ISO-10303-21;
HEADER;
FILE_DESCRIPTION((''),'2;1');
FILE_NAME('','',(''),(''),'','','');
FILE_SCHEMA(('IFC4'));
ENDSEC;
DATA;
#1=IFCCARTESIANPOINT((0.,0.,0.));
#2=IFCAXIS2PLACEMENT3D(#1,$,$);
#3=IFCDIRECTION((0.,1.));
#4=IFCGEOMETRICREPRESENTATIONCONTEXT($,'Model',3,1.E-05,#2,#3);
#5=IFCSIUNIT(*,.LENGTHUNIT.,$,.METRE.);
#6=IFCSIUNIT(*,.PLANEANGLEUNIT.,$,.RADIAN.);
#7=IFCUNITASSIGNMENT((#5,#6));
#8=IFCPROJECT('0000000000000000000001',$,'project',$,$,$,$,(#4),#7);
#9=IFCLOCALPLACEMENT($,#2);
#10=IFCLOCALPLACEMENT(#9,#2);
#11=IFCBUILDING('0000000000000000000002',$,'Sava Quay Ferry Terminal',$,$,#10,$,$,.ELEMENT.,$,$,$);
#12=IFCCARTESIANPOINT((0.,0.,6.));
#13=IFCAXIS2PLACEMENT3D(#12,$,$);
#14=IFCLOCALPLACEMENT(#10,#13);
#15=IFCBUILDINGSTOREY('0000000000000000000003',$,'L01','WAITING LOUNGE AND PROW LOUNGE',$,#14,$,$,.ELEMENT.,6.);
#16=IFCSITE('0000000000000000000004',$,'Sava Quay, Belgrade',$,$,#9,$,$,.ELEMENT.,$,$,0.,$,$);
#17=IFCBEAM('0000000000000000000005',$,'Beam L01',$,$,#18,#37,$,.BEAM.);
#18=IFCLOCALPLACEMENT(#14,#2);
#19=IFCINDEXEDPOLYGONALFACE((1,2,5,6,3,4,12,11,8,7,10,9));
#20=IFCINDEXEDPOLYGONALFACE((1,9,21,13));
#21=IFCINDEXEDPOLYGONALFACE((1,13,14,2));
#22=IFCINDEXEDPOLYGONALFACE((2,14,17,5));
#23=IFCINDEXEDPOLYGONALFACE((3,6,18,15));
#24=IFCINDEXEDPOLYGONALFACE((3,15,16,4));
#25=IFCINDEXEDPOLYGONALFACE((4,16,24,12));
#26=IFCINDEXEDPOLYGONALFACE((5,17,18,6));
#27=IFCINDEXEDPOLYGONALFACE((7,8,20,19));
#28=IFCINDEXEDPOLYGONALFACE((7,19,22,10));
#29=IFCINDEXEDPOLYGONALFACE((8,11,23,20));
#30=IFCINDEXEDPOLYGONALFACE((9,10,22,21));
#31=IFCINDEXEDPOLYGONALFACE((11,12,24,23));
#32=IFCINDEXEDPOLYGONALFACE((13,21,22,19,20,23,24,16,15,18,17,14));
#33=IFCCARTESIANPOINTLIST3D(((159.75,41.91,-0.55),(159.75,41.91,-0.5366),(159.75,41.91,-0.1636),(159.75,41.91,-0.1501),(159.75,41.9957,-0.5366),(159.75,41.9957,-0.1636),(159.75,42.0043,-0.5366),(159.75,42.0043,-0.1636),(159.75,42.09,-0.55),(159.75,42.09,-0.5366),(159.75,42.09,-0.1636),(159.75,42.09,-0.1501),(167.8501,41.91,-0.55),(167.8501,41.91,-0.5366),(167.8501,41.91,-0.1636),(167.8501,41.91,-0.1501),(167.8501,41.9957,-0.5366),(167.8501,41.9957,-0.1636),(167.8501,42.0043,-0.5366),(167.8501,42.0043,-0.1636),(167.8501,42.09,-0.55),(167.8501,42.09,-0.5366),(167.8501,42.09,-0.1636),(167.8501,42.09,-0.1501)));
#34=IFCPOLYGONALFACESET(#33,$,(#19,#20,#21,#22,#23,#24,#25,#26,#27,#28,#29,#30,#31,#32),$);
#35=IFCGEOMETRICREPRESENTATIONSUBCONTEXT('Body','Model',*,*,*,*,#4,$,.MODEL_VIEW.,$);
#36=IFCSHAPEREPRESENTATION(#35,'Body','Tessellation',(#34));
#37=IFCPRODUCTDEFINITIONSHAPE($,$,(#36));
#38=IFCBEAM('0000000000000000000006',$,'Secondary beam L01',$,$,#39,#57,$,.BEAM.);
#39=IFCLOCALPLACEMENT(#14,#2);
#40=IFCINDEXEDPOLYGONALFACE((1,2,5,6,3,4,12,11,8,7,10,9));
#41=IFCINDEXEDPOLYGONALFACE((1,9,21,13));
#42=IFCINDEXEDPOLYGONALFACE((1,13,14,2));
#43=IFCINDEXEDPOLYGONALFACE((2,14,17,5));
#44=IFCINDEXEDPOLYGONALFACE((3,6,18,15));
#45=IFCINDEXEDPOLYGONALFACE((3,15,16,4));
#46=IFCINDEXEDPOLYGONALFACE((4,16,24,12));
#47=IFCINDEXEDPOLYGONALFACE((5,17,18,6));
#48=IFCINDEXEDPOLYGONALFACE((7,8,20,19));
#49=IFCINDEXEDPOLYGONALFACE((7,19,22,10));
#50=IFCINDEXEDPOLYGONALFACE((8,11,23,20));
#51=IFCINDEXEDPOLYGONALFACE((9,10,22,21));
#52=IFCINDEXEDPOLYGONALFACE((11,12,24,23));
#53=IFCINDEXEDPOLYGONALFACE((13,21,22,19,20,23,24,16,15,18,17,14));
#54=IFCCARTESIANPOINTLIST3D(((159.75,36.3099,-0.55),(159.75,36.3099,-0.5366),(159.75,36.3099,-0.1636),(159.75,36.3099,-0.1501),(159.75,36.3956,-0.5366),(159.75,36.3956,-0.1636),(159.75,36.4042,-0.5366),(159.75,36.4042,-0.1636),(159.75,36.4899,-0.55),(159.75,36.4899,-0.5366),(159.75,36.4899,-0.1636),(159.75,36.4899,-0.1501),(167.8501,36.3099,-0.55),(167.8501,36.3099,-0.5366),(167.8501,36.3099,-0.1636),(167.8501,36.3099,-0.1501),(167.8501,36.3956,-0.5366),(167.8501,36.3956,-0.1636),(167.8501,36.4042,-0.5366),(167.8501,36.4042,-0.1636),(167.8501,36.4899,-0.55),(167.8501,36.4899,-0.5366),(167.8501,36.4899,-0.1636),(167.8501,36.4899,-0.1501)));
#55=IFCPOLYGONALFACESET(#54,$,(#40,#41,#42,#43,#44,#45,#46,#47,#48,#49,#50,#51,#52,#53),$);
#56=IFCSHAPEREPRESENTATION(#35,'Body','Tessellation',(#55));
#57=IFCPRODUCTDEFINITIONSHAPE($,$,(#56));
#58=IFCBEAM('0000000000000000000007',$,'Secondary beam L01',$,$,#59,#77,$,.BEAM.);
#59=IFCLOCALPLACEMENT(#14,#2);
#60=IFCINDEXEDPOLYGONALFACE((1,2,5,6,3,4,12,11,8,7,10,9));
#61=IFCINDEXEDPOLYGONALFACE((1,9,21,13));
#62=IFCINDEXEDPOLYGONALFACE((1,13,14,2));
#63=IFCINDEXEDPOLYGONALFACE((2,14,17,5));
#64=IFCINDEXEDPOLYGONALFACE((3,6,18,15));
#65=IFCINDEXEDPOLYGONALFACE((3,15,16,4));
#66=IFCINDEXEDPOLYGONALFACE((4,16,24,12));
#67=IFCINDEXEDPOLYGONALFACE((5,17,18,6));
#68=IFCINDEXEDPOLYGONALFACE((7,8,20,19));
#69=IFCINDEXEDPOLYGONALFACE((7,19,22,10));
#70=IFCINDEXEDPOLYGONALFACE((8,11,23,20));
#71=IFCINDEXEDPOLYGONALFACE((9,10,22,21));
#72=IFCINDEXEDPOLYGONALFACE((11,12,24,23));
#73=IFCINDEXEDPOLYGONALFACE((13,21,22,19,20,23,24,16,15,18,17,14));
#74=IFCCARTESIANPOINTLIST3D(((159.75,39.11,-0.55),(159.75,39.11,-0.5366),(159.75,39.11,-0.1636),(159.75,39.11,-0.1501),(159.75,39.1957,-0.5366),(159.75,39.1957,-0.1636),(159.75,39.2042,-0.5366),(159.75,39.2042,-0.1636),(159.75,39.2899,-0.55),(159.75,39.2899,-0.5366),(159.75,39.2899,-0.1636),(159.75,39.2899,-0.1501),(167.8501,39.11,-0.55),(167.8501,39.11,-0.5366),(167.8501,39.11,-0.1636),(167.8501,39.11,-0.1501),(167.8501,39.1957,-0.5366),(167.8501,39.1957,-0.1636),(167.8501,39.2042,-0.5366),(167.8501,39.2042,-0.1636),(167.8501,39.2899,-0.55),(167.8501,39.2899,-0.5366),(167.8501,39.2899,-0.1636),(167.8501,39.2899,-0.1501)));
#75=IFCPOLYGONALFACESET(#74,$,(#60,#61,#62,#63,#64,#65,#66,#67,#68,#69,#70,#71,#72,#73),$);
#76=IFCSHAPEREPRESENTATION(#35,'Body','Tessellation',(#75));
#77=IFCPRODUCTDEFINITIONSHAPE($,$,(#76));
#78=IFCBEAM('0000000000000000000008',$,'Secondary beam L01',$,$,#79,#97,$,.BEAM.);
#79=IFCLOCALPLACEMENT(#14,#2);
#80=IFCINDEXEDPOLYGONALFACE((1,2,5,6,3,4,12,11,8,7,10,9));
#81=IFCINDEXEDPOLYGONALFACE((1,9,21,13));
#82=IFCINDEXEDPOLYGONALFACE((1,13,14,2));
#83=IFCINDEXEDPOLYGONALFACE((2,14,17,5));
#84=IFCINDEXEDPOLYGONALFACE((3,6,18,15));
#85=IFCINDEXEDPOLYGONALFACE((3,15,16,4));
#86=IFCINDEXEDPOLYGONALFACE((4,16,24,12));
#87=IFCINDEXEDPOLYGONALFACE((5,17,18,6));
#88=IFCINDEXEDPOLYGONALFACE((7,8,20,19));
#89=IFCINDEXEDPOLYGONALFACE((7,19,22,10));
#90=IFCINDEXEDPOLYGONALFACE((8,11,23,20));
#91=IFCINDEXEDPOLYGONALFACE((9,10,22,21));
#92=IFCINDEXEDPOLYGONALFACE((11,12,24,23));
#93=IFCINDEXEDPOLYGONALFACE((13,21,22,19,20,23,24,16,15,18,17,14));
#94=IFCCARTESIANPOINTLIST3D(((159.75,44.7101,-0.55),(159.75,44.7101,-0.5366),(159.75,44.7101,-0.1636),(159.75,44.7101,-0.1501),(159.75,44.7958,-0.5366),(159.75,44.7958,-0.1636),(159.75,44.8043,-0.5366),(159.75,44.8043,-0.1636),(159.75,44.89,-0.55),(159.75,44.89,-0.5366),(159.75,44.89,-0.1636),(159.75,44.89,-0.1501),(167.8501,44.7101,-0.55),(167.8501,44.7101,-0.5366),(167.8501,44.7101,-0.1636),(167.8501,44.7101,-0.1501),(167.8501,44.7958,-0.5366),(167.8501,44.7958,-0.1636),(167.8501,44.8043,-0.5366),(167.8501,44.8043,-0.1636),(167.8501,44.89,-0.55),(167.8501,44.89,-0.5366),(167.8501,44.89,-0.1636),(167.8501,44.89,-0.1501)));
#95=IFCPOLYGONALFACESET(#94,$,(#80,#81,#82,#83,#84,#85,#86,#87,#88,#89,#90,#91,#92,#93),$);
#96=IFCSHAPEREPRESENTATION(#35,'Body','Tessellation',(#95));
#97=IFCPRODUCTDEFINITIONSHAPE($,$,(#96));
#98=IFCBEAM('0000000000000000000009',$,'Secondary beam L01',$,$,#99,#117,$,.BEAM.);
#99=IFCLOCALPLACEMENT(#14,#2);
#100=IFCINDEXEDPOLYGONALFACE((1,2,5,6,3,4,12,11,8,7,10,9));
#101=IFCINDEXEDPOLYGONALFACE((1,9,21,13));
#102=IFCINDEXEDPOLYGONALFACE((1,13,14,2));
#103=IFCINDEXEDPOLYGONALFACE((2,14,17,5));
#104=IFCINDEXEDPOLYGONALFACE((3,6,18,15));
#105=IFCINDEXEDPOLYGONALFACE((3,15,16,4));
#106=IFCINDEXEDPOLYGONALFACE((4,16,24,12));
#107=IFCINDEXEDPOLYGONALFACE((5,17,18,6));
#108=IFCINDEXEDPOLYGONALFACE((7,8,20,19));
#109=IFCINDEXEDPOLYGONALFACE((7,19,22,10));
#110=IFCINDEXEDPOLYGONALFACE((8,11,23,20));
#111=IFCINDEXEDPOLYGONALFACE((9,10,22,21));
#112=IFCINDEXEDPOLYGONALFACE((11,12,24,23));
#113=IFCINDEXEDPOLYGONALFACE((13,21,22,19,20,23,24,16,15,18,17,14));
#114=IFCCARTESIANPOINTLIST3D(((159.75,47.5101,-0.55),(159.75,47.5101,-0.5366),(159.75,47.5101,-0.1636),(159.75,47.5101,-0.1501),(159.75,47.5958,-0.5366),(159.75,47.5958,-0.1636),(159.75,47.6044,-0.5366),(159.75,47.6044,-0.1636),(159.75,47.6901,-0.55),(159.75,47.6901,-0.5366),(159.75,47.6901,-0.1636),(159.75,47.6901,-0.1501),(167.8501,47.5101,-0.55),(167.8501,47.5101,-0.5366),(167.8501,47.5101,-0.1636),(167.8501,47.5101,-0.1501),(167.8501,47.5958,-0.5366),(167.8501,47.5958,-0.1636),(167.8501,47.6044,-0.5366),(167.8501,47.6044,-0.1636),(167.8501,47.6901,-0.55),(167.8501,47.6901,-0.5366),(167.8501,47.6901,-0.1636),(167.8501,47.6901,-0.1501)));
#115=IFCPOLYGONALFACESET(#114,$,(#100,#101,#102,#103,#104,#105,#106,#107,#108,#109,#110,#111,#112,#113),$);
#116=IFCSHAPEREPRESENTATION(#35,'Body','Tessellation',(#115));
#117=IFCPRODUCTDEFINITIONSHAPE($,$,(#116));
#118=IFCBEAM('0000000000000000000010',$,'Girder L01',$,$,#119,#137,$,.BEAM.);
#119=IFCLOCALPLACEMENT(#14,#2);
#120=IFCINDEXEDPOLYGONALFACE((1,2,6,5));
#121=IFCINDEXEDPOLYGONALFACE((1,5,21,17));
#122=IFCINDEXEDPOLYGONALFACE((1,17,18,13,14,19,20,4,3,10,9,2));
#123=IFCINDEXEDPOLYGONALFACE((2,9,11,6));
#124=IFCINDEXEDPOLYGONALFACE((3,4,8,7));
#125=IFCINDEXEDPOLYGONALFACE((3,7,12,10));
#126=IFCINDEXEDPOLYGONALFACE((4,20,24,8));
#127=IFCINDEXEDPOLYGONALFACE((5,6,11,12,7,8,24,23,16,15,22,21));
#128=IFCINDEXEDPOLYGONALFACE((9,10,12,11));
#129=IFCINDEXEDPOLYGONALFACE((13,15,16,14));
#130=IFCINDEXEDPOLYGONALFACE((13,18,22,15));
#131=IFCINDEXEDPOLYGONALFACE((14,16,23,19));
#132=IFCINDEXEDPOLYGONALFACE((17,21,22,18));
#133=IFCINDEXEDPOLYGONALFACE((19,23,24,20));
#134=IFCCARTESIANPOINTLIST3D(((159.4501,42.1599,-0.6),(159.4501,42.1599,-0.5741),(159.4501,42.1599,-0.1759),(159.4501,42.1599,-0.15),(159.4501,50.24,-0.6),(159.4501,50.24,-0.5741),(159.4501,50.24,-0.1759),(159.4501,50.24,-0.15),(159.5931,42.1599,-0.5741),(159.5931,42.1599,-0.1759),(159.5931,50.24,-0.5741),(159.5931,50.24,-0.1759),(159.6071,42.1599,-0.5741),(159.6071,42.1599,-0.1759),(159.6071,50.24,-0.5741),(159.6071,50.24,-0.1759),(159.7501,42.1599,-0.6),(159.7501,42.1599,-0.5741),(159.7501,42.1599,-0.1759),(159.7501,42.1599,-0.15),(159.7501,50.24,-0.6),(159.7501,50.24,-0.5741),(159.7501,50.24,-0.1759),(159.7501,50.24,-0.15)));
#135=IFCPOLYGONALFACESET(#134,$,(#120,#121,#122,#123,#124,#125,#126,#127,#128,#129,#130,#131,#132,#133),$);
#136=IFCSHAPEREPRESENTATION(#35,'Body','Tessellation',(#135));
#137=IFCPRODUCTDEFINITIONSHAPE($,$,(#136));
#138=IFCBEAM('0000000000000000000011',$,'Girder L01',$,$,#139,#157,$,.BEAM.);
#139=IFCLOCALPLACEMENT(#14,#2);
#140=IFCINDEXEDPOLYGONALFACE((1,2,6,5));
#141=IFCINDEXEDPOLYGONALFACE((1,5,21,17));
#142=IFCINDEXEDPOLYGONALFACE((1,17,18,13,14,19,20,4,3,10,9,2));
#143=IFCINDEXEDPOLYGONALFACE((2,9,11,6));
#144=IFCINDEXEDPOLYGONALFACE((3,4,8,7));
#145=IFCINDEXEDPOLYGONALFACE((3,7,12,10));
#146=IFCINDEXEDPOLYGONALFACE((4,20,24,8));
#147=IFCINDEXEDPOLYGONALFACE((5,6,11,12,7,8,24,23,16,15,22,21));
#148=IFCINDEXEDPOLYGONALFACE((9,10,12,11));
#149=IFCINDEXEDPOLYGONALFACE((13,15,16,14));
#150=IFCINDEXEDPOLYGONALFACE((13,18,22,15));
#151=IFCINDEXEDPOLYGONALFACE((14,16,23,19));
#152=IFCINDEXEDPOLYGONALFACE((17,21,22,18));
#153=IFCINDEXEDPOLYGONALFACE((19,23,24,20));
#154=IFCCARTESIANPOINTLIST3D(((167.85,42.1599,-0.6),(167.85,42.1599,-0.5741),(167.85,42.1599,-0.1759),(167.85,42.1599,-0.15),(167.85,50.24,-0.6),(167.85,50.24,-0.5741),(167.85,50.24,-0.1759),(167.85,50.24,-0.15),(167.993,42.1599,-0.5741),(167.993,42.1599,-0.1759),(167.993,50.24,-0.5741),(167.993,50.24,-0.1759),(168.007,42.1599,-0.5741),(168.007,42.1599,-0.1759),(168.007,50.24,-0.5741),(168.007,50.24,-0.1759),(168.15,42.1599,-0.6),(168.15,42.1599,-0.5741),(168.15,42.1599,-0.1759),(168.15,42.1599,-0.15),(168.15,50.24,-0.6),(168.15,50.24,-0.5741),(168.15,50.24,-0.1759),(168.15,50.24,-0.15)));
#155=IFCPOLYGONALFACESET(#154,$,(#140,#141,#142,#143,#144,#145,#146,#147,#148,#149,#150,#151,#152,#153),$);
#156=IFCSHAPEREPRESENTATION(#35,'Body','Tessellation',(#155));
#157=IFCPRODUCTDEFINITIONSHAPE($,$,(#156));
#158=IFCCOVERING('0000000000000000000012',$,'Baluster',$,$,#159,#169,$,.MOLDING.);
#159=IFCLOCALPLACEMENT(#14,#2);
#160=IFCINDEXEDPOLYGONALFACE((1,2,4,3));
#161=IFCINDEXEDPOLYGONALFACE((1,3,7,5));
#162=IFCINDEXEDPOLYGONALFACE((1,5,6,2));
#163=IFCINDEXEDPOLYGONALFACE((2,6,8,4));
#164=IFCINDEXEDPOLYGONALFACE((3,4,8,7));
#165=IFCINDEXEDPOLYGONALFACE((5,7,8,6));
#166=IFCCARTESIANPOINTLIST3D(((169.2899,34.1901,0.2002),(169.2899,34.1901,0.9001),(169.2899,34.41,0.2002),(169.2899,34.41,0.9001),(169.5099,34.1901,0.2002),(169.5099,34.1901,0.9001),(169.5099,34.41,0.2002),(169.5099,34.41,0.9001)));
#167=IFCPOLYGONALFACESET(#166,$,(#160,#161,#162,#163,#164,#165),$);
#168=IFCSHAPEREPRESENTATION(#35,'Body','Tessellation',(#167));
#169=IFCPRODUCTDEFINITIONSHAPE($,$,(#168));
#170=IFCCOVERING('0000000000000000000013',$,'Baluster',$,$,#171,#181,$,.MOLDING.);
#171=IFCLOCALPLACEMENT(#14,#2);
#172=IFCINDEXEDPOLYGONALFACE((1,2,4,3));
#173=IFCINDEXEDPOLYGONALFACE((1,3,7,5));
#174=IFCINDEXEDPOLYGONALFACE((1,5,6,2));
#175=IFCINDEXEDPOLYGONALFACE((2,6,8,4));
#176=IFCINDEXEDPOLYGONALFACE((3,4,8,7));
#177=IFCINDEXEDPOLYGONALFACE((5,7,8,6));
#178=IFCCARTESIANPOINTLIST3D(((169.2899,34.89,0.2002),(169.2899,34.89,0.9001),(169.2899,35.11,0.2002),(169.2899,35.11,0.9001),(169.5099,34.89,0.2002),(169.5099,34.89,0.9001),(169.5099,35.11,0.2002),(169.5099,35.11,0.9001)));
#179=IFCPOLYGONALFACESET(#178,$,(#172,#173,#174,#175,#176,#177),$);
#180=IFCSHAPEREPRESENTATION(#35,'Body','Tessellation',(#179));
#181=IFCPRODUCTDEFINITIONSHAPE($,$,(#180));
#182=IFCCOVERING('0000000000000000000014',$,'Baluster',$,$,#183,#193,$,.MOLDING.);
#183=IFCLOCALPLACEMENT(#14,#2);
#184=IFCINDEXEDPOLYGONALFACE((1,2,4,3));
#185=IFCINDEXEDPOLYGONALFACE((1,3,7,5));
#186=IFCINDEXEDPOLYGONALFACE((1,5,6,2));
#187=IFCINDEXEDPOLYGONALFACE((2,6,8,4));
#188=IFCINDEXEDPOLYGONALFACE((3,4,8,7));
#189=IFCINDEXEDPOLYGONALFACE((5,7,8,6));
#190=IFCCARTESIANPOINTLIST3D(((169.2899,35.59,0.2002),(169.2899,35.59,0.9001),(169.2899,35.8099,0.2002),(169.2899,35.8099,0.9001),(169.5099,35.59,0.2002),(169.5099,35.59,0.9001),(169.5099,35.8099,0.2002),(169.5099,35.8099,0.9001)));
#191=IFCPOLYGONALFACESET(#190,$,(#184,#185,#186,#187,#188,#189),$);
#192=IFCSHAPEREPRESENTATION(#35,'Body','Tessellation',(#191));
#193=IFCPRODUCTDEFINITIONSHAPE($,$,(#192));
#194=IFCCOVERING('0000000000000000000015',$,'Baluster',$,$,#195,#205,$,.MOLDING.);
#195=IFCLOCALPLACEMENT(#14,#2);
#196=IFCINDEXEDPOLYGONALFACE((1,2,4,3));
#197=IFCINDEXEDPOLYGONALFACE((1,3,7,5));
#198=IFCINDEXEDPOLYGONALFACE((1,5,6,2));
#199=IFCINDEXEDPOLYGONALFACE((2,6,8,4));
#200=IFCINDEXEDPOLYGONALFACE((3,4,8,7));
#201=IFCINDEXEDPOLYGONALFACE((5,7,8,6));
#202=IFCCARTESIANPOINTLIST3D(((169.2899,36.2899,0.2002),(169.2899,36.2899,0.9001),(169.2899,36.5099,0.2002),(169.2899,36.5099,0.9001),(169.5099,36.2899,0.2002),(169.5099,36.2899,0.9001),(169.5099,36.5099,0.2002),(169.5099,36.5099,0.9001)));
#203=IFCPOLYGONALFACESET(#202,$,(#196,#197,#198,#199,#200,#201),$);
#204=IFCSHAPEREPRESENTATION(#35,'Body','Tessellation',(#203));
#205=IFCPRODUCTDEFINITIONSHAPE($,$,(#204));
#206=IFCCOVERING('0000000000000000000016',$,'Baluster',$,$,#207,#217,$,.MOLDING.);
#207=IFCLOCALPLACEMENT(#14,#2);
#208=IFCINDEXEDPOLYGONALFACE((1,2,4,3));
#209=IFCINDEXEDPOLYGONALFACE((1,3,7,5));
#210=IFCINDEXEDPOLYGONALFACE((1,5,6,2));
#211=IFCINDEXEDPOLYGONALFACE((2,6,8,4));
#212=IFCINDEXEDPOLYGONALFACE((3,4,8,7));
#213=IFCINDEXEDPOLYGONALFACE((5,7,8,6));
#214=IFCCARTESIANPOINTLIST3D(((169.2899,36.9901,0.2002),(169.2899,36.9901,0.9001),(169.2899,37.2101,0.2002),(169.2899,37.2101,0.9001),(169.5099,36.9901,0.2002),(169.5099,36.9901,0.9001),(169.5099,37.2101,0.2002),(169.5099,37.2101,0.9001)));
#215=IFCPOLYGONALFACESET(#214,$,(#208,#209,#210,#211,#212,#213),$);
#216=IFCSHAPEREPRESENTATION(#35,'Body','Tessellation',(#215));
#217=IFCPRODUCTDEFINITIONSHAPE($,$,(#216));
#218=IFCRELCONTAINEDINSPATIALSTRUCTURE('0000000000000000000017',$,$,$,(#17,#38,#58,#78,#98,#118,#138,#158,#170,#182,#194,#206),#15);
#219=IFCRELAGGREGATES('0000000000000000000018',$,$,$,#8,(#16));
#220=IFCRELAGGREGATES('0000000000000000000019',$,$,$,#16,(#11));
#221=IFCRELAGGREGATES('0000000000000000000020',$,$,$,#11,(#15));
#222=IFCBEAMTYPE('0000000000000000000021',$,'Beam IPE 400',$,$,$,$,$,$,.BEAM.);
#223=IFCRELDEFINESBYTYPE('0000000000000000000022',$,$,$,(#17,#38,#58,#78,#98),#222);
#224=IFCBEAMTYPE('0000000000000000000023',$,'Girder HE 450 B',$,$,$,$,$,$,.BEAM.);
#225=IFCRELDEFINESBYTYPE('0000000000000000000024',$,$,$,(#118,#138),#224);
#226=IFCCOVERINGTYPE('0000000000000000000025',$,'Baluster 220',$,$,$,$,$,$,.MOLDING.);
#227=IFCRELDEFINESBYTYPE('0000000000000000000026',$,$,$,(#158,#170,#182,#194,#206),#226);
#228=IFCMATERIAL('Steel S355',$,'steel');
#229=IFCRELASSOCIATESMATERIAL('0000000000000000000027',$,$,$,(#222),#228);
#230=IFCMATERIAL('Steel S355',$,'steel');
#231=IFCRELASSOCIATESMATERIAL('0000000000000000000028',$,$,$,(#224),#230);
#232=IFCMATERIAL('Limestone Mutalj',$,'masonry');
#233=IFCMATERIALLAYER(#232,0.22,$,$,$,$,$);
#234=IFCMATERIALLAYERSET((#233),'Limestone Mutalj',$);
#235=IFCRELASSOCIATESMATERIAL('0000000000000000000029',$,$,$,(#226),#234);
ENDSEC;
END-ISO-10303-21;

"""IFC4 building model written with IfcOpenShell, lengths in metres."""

from ifc_helpers import new_model, si_unit, direction, frame, origin, origin_2d, place, context, subcontext, project, spatial, rectangle, i_section, extrude, material, layer, layer_set, material_profile, profile_set, type_object, element, save


model = new_model("IFC4")

# Units and contexts
model_context = context("Model", 3, precision=1e-05, world=origin(), true_north=direction((0.0, 1.0)))
body_context = subcontext(model_context, "Body", "Model", "MODEL_VIEW")
ifc_project = project(units=[si_unit("LENGTHUNIT", "METRE"), si_unit("PLANEANGLEUNIT", "RADIAN")], contexts=[model_context])

# Site, building, storey
site_placement = place(None, origin())
site = spatial("IfcSite", under=ifc_project, at=site_placement, Name="Sava Quay, Belgrade", CompositionType="ELEMENT", RefElevation=0.0)
building_placement = place(site_placement, origin())
building = spatial("IfcBuilding", under=site, at=building_placement, Name="Sava Quay Ferry Terminal", CompositionType="ELEMENT")
storey_placement = place(building_placement, frame((0.0, 0.0, 6.0)))
storey = spatial("IfcBuildingStorey", under=building, at=storey_placement, Name="L01", Description="WAITING LOUNGE AND PROW LOUNGE", CompositionType="ELEMENT", Elevation=6.0)

# Beams
ifc_material_1 = material(Name="Steel S355", Category="steel")
ifc_material_profile_1 = material_profile(ifc_material_1, i_section(OverallWidth=0.1799, OverallDepth=0.3999, WebThickness=0.0085, FlangeThickness=0.0134, at=origin_2d()), Name="IPE 400")
ifc_profile_set_1 = profile_set([ifc_material_profile_1], Name="Steel S355")
beam_type_1 = type_object("IfcBeamType", Name="Beam IPE 400", PredefinedType="BEAM", material=ifc_profile_set_1)
for number, where, z_axis, x_axis, name in (
    (1, (159.75, 42.0, -0.3501), (1.0, 0.0, 0.0), (0.0, 1.0, 0.0), "Beam L01"),
    (2, (159.75, 36.3999, -0.3501), (1.0, 0.0, 0.0), (0.0, 1.0, 0.0), "Secondary beam L01"),
    (3, (159.75, 39.2, -0.3501), (1.0, 0.0, 0.0), (0.0, 1.0, 0.0), "Secondary beam L01"),
    (4, (159.75, 44.8, -0.3501), (1.0, 0.0, 0.0), (0.0, 1.0, 0.0), "Secondary beam L01"),
    (5, (159.75, 47.6001, -0.3501), (1.0, 0.0, 0.0), (0.0, 1.0, 0.0), "Secondary beam L01"),
):
    element("IfcBeam", number, at=place(storey_placement, frame(where, z_axis=z_axis, x_axis=x_axis)), inside=storey, type_object=beam_type_1, Name=name, PredefinedType="BEAM", context=body_context, shape_type="SweptSolid", body=[
        extrude(i_section(OverallWidth=0.1799, OverallDepth=0.3999, WebThickness=0.0085, FlangeThickness=0.0134, at=origin_2d()), origin(), (0.0, 0.0, 1.0), 8.1001),
    ])
ifc_material_2 = material(Name="Steel S355", Category="steel")
ifc_material_profile_2 = material_profile(ifc_material_2, i_section(OverallWidth=0.3, OverallDepth=0.45, WebThickness=0.0139, FlangeThickness=0.0259, at=origin_2d()), Name="HE 450 B")
ifc_profile_set_2 = profile_set([ifc_material_profile_2], Name="Steel S355")
beam_type_2 = type_object("IfcBeamType", Name="Girder HE 450 B", PredefinedType="BEAM", material=ifc_profile_set_2)
for number, where, z_axis, x_axis, name in (
    (6, (159.6001, 42.1599, -0.375), (0.0, 1.0, 0.0), (-1.0, 0.0, 0.0), "Girder L01"),
    (7, (168.0, 42.1599, -0.375), (0.0, 1.0, 0.0), (-1.0, 0.0, 0.0), "Girder L01"),
):
    element("IfcBeam", number, at=place(storey_placement, frame(where, z_axis=z_axis, x_axis=x_axis)), inside=storey, type_object=beam_type_2, Name=name, PredefinedType="BEAM", context=body_context, shape_type="SweptSolid", body=[
        extrude(i_section(OverallWidth=0.3, OverallDepth=0.45, WebThickness=0.0139, FlangeThickness=0.0259, at=origin_2d()), origin(), (0.0, 0.0, 1.0), 8.0801),
    ])

# Coverings
ifc_material_3 = material(Name="Limestone Mutalj", Category="masonry")
ifc_layer_1 = layer(ifc_material_3, 0.22)
ifc_layer_set_1 = layer_set([ifc_layer_1], Name="Limestone Mutalj")
covering_type_1 = type_object("IfcCoveringType", Name="Baluster 220", PredefinedType="MOLDING", material=ifc_layer_set_1)
for number, where, z_axis, x_axis, name in (
    (8, (169.3999, 34.3, 0.2002), (0.0, 0.0, 1.0), (1.0, 0.0, 0.0), "Baluster"),
    (9, (169.3999, 35.0, 0.2002), (0.0, 0.0, 1.0), (1.0, 0.0, 0.0), "Baluster"),
    (10, (169.3999, 35.7, 0.2002), (0.0, 0.0, 1.0), (1.0, 0.0, 0.0), "Baluster"),
    (11, (169.3999, 36.3999, 0.2002), (0.0, 0.0, 1.0), (1.0, 0.0, 0.0), "Baluster"),
    (12, (169.3999, 37.1001, 0.2002), (0.0, 0.0, 1.0), (1.0, 0.0, 0.0), "Baluster"),
):
    element("IfcCovering", number, at=place(storey_placement, frame(where, z_axis=z_axis, x_axis=x_axis)), inside=storey, type_object=covering_type_1, Name=name, PredefinedType="MOLDING", context=body_context, shape_type="SweptSolid", body=[
        extrude(rectangle(XDim=0.22, YDim=0.22, at=origin_2d()), origin(), (0.0, 0.0, 1.0), 0.7),
    ])

save(model, "model.ifc")
